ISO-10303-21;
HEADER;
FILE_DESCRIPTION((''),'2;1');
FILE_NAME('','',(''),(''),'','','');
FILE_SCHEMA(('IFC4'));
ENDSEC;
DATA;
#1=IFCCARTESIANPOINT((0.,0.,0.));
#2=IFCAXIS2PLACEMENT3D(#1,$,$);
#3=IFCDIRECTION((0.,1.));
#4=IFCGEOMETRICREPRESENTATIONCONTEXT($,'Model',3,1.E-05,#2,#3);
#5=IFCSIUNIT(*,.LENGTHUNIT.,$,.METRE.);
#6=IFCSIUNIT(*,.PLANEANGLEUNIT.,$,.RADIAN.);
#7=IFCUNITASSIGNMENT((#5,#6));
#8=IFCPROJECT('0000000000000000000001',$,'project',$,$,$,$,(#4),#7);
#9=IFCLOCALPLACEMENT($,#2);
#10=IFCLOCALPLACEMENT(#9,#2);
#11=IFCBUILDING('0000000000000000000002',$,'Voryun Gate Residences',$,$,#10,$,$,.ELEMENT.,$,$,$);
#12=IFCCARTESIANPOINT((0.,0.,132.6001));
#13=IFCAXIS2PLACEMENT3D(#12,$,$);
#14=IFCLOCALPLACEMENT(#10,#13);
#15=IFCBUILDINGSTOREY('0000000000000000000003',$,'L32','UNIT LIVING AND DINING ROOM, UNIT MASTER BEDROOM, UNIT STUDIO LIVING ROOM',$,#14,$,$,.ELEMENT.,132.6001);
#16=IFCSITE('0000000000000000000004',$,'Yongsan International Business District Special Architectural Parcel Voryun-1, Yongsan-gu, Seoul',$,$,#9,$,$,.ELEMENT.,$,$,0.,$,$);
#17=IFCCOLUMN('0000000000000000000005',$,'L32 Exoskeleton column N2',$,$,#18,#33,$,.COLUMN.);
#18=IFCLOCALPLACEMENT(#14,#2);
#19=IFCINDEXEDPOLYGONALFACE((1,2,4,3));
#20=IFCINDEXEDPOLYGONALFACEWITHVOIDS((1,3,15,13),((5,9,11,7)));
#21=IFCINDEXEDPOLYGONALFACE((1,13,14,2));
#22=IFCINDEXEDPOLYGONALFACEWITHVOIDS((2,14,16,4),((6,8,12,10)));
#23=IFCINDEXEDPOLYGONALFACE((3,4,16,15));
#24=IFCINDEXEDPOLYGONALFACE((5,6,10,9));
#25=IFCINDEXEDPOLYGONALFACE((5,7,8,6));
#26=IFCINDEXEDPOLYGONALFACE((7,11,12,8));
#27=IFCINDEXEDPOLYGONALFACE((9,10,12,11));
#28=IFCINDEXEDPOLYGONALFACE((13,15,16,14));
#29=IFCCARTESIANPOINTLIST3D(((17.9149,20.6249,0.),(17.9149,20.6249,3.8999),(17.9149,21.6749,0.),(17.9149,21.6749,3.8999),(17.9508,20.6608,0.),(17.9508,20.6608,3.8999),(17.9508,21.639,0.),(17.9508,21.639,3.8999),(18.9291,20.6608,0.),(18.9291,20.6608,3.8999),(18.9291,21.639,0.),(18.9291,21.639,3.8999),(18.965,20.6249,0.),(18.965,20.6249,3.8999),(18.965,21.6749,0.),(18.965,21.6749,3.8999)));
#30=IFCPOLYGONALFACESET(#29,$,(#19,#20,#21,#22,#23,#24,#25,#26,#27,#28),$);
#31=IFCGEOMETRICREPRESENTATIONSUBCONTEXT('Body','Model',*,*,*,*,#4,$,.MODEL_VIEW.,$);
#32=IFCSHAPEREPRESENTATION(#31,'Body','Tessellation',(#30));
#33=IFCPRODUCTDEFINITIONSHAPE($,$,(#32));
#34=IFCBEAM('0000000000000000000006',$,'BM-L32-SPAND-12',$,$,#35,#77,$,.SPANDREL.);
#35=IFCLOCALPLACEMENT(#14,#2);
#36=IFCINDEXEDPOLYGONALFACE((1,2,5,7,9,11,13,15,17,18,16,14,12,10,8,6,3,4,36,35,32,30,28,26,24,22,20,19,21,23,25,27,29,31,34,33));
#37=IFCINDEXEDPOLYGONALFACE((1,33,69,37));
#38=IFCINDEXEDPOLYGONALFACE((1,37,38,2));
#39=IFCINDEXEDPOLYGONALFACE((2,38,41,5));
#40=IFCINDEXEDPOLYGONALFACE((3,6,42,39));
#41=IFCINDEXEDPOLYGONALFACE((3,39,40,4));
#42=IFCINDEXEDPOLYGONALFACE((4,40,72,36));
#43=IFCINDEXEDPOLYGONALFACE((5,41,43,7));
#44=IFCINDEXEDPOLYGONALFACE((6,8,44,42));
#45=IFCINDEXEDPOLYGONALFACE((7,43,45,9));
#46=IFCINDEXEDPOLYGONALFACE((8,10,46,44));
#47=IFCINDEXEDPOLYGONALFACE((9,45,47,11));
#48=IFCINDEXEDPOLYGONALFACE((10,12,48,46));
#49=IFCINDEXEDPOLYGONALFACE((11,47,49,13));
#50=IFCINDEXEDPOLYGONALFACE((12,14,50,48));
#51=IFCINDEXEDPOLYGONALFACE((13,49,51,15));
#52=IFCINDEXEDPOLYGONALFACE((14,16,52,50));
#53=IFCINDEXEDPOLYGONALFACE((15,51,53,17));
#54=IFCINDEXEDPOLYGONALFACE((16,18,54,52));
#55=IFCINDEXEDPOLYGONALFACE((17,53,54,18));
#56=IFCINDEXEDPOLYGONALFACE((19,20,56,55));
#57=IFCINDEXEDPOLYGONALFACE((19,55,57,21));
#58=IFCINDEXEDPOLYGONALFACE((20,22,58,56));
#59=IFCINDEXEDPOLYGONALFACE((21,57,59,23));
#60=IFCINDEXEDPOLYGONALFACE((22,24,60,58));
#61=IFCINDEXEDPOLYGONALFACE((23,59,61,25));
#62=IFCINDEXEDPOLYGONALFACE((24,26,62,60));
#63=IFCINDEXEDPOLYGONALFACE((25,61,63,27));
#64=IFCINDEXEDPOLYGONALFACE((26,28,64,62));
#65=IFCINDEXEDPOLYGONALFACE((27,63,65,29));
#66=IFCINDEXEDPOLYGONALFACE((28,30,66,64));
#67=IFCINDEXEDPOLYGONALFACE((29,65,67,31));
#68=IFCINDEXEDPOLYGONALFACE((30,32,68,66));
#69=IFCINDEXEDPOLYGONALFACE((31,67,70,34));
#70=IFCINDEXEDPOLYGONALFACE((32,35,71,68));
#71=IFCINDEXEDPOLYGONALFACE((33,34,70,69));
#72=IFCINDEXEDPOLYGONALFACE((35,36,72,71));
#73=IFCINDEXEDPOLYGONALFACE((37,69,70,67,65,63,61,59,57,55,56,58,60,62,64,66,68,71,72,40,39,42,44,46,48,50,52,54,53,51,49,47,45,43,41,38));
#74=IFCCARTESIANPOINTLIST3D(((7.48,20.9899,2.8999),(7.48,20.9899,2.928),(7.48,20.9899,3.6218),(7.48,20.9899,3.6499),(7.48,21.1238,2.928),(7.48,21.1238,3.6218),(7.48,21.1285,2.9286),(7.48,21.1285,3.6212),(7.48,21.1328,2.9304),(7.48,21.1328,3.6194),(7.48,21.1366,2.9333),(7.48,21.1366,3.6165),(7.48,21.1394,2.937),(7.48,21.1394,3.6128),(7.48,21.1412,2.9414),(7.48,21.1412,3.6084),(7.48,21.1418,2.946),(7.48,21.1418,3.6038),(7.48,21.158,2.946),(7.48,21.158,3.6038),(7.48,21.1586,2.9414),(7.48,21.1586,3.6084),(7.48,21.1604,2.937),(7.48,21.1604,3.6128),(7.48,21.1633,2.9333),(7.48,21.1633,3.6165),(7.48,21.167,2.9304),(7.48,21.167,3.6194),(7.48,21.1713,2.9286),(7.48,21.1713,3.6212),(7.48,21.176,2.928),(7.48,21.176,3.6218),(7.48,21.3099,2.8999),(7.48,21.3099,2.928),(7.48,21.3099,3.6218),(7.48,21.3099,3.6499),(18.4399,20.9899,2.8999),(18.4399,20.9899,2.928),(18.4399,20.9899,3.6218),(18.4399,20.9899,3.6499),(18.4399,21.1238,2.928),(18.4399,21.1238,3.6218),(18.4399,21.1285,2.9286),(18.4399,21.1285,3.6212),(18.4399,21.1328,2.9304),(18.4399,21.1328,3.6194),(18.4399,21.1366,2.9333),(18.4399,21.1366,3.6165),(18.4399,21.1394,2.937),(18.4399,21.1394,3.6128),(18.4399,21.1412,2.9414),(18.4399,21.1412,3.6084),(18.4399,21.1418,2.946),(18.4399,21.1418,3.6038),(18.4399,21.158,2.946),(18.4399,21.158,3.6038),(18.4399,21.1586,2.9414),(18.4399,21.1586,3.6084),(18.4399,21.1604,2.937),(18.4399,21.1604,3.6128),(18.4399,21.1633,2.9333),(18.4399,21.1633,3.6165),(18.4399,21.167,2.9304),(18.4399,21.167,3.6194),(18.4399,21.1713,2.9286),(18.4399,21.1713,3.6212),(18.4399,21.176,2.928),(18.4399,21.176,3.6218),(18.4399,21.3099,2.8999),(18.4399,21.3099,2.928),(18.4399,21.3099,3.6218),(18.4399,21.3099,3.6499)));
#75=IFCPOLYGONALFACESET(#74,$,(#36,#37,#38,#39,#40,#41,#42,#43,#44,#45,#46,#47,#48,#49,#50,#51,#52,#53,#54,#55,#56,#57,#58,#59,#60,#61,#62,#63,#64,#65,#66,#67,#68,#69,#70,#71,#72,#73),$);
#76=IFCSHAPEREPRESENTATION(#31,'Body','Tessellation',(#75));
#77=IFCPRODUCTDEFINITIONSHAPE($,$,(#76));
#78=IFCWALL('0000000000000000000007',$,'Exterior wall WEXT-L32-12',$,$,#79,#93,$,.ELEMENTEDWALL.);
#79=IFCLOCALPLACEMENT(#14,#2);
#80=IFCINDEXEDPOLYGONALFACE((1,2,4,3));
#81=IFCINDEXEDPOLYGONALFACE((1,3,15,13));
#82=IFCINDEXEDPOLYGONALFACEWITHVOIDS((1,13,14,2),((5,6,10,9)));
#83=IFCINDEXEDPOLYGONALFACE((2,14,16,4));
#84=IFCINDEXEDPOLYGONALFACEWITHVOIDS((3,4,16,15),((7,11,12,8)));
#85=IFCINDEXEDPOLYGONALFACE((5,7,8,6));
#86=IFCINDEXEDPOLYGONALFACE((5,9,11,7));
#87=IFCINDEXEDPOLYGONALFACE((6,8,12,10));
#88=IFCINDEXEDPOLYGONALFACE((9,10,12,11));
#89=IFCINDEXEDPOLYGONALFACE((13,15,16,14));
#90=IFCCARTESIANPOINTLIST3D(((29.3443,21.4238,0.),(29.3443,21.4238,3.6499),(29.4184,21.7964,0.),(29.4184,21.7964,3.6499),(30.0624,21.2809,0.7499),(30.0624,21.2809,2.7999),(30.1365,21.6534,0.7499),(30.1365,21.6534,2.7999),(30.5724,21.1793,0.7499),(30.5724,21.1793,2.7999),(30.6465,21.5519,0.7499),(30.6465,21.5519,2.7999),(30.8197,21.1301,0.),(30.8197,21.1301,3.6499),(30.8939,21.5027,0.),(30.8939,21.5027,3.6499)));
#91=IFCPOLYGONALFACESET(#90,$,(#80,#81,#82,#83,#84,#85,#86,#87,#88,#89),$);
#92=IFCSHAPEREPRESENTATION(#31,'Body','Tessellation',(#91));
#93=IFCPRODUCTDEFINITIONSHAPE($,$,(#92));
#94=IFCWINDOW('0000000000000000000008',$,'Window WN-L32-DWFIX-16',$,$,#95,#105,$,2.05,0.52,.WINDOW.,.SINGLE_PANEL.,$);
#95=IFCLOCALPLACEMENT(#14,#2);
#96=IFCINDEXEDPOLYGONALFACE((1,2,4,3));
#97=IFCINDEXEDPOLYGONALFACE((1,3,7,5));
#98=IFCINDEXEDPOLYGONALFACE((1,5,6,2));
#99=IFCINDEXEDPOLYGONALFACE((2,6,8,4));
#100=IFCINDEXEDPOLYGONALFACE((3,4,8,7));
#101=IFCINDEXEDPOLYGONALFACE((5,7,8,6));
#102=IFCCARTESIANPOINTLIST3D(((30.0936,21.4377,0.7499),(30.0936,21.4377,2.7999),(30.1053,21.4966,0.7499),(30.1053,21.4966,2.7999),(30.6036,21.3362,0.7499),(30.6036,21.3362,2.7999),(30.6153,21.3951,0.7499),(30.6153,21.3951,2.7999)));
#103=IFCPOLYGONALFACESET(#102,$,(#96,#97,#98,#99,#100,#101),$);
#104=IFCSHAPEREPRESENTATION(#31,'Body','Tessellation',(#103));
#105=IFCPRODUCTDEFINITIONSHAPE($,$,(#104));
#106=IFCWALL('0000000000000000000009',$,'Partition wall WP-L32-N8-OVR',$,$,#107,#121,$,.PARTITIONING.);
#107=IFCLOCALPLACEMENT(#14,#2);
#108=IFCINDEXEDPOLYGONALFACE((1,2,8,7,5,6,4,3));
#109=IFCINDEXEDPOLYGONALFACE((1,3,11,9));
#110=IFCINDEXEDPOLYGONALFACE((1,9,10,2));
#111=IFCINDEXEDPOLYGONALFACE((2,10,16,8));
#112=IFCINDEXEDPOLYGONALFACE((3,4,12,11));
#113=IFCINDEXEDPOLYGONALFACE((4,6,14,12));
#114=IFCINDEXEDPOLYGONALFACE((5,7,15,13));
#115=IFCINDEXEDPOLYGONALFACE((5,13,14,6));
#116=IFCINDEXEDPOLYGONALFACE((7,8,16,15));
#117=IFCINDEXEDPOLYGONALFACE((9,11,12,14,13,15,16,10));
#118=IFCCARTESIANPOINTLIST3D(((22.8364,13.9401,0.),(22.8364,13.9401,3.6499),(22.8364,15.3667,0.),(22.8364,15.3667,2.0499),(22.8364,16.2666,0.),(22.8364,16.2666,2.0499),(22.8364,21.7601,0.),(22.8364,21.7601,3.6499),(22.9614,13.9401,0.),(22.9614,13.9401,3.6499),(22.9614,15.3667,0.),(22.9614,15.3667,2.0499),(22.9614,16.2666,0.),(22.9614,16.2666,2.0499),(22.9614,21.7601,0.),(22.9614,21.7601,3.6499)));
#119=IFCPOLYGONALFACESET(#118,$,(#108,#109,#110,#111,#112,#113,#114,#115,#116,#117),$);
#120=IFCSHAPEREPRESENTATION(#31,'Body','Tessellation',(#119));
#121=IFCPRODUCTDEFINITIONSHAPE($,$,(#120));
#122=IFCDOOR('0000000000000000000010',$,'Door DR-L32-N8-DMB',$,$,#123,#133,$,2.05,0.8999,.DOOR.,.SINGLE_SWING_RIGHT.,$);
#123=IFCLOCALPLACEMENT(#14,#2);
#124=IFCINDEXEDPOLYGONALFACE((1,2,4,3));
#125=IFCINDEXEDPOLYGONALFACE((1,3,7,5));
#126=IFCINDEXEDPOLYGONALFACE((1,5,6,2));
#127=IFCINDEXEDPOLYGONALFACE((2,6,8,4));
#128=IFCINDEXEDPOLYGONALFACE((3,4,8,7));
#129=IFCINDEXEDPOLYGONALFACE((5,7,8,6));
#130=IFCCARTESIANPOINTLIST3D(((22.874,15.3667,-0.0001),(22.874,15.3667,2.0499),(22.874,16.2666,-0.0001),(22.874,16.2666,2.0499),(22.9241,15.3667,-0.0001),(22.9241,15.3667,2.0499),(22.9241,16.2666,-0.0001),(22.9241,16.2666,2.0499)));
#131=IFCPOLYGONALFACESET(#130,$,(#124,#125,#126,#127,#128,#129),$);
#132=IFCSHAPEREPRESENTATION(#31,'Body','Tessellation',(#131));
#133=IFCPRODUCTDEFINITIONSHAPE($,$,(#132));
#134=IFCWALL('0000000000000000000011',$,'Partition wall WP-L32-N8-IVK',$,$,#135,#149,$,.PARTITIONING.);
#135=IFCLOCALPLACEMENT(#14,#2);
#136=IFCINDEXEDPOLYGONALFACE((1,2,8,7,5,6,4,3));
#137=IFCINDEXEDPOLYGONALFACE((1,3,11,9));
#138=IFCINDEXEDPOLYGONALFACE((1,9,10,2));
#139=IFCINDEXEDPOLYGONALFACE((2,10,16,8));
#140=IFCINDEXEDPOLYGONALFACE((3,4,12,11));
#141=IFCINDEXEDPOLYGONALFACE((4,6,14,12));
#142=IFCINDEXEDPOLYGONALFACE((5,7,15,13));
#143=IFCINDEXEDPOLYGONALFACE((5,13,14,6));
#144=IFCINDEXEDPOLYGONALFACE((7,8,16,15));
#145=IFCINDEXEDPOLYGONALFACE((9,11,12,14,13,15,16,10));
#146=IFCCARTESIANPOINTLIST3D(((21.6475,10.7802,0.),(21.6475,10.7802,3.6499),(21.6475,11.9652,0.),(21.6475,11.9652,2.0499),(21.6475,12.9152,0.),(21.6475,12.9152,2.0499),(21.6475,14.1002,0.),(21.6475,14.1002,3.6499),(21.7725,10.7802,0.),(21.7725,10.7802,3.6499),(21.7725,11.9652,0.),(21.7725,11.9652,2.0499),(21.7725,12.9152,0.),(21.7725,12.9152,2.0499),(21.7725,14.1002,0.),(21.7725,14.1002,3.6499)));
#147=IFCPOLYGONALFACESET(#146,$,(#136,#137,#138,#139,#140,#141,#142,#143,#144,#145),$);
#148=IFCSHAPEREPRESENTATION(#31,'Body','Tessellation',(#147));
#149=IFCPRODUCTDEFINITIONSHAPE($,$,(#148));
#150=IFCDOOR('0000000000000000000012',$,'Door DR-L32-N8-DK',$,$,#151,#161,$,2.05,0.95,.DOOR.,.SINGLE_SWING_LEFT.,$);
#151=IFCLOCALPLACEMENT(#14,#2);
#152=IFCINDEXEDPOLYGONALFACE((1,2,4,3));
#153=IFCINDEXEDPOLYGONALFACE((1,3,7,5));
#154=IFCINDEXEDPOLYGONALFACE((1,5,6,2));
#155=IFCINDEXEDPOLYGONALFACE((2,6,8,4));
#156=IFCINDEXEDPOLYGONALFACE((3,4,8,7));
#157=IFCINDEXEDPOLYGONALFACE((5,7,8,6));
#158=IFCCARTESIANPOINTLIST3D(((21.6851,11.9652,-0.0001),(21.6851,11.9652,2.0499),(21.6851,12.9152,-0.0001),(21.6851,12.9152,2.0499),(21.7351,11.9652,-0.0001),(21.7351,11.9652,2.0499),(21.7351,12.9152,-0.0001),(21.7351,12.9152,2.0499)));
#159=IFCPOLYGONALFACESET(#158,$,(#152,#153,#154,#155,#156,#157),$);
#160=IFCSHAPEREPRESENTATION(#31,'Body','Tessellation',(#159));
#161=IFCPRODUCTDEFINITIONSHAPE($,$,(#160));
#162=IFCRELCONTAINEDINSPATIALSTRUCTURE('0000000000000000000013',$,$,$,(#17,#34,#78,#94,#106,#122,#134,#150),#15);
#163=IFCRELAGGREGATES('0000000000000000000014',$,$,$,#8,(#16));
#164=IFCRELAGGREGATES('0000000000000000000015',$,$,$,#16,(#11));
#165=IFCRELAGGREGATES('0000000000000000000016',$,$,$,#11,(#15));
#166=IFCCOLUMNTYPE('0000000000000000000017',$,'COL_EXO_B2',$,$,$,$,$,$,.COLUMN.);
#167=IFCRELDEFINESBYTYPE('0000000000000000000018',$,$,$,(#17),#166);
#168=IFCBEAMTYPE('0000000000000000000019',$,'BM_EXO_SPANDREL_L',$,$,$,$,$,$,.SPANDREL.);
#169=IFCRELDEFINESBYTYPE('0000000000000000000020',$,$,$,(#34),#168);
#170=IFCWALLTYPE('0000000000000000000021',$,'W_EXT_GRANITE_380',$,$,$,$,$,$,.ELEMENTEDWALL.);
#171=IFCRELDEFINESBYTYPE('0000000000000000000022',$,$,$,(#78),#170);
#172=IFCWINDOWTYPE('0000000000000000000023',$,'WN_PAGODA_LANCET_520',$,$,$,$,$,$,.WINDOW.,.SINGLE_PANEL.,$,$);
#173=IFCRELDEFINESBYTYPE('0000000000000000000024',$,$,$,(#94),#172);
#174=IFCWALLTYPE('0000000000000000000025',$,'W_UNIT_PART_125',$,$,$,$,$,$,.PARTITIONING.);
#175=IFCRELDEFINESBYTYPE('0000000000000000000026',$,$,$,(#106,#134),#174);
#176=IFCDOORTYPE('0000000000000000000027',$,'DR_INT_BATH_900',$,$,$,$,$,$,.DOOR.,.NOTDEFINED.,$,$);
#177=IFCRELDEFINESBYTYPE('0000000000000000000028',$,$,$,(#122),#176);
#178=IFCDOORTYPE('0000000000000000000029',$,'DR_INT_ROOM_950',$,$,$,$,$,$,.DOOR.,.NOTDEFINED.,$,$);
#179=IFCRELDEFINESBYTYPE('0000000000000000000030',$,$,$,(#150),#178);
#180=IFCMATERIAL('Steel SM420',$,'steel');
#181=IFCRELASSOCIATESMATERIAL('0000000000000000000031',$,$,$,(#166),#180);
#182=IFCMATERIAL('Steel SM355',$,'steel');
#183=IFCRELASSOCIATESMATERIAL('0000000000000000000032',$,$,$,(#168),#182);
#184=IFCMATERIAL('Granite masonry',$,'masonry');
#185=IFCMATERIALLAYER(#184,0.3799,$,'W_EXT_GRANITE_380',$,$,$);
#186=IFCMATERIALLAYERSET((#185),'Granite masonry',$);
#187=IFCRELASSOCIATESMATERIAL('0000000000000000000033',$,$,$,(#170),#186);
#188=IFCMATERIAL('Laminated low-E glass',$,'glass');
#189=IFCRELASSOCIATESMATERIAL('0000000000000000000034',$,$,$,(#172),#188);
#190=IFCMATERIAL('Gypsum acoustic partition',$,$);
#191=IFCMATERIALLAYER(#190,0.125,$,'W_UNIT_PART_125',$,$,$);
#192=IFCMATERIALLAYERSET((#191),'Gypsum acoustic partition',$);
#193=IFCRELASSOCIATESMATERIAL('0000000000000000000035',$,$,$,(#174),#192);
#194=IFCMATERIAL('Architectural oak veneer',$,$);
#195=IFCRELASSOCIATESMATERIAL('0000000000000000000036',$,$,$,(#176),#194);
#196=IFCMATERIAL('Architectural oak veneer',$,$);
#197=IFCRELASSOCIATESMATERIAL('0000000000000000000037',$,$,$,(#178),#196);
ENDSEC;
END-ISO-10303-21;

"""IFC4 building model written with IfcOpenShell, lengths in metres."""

from ifc_helpers import new_model, si_unit, direction, frame, frame_2d, origin, origin_2d, place, context, subcontext, project, spatial, rectangle, hollow_rectangle, i_section, extrude, material, layer, layer_set, material_profile, profile_set, type_object, element, fill, save


model = new_model("IFC4")

# Units and contexts
model_context = context("Model", 3, precision=1e-05, world=origin(), true_north=direction((0.0, 1.0)))
body_context = subcontext(model_context, "Body", "Model", "MODEL_VIEW")
ifc_project = project(units=[si_unit("LENGTHUNIT", "METRE"), si_unit("PLANEANGLEUNIT", "RADIAN")], contexts=[model_context])

# Site, building, storey
site_placement = place(None, origin())
site = spatial("IfcSite", under=ifc_project, at=site_placement, Name="Yongsan International Business District Special Architectural Parcel Voryun-1, Yongsan-gu, Seoul", CompositionType="ELEMENT", RefElevation=0.0)
building_placement = place(site_placement, origin())
building = spatial("IfcBuilding", under=site, at=building_placement, Name="Voryun Gate Residences", CompositionType="ELEMENT")
storey_placement = place(building_placement, frame((0.0, 0.0, 132.6001)))
storey = spatial("IfcBuildingStorey", under=building, at=storey_placement, Name="L32", Description="UNIT LIVING AND DINING ROOM, UNIT MASTER BEDROOM, UNIT STUDIO LIVING ROOM", CompositionType="ELEMENT", Elevation=132.6001)

# Column
ifc_material_1 = material(Name="Steel SM420", Category="steel")
ifc_material_profile_1 = material_profile(ifc_material_1, hollow_rectangle(XDim=1.05, YDim=1.05, WallThickness=0.0359, at=origin_2d()), Name="BOX-1050x1050x36")
ifc_profile_set_1 = profile_set([ifc_material_profile_1], Name="Steel SM420")
column_type = type_object("IfcColumnType", Name="COL_EXO_B2", PredefinedType="COLUMN", material=ifc_profile_set_1)
column_placement = place(storey_placement, frame((18.4399, 21.1499, 0.0), z_axis=(0.0, 0.0, 1.0), x_axis=(1.0, 0.0, 0.0)))
element("IfcColumn", 1, at=column_placement, inside=storey, type_object=column_type, Name="L32 Exoskeleton column N2", PredefinedType="COLUMN", context=body_context, shape_type="SweptSolid", body=[
    extrude(hollow_rectangle(XDim=1.05, YDim=1.05, WallThickness=0.0359, at=origin_2d()), origin(), (0.0, 0.0, 1.0), 3.8999),
])

# Beam
ifc_material_2 = material(Name="Steel SM355", Category="steel")
ifc_material_profile_2 = material_profile(ifc_material_2, i_section(OverallWidth=0.3201, OverallDepth=0.75, WebThickness=0.0161, FlangeThickness=0.0281, FilletRadius=0.0181, at=origin_2d()), Name="H-750x320x16x28")
ifc_profile_set_2 = profile_set([ifc_material_profile_2], Name="Steel SM355")
beam_type = type_object("IfcBeamType", Name="BM_EXO_SPANDREL_L", PredefinedType="SPANDREL", material=ifc_profile_set_2)
beam_placement = place(storey_placement, frame((18.4399, 21.1499, 3.2749), z_axis=(-1.0, 0.0, 0.0), x_axis=(0.0, -1.0, 0.0)))
element("IfcBeam", 2, at=beam_placement, inside=storey, type_object=beam_type, Name="BM-L32-SPAND-12", PredefinedType="SPANDREL", context=body_context, shape_type="SweptSolid", body=[
    extrude(i_section(OverallWidth=0.3201, OverallDepth=0.75, WebThickness=0.0161, FlangeThickness=0.0281, FilletRadius=0.0181, at=origin_2d()), origin(), (0.0, 0.0, 1.0), 10.96),
])

# Wall, opening, window
ifc_material_3 = material(Name="Granite masonry", Category="masonry")
ifc_layer_1 = layer(ifc_material_3, 0.3799, Name="W_EXT_GRANITE_380")
ifc_layer_set_1 = layer_set([ifc_layer_1], Name="Granite masonry")
wall_type_1 = type_object("IfcWallType", Name="W_EXT_GRANITE_380", PredefinedType="ELEMENTEDWALL", material=ifc_layer_set_1)
wall_1_placement = place(storey_placement, frame((29.3813, 21.6101, 0.0), z_axis=(0.0, 0.0, 1.0), x_axis=(0.980755, -0.195242, 0.0)))
wall_1 = element("IfcWall", 3, at=wall_1_placement, inside=storey, type_object=wall_type_1, Name="Exterior wall WEXT-L32-12", PredefinedType="ELEMENTEDWALL", context=body_context, shape_type="SweptSolid", body=[
    extrude(rectangle(XDim=1.5044, YDim=0.3799, at=frame_2d((0.7522, 0.0))), origin(), (0.0, 0.0, 1.0), 3.6499),
])
opening_1_placement = place(wall_1_placement, frame((0.7322, 0.0, 0.75)))
opening_1 = element("IfcOpeningElement", 4, at=opening_1_placement, cuts=wall_1, PredefinedType="OPENING", context=body_context, shape_type="SweptSolid", body=[
    extrude(rectangle(XDim=0.52, YDim=2.05, at=frame_2d((0.26, 1.0249))), frame((0.0, 0.2, 0.0), z_axis=(0.0, -1.0, 0.0), x_axis=(1.0, 0.0, 0.0)), (0.0, 0.0, 1.0), 0.3999),
])
ifc_material_4 = material(Name="Laminated low-E glass", Category="glass")
window_type = type_object("IfcWindowType", Name="WN_PAGODA_LANCET_520", PartitioningType="SINGLE_PANEL", PredefinedType="WINDOW", material=ifc_material_4)
window_placement = place(opening_1_placement, origin())
window = element("IfcWindow", 5, at=window_placement, inside=storey, type_object=window_type, Name="Window WN-L32-DWFIX-16", OverallHeight=2.05, OverallWidth=0.52, PartitioningType="SINGLE_PANEL", PredefinedType="WINDOW", context=body_context, shape_type="SweptSolid", body=[
    extrude(rectangle(XDim=0.52, YDim=2.05, at=frame_2d((0.26, 1.0249))), frame((0.0, 0.03, 0.0), z_axis=(0.0, -1.0, 0.0), x_axis=(1.0, 0.0, 0.0)), (0.0, 0.0, 1.0), 0.0601),
])
fill(opening_1, window)

# Walls, openings, doors
ifc_material_5 = material(Name="Gypsum acoustic partition")
ifc_layer_2 = layer(ifc_material_5, 0.125, Name="W_UNIT_PART_125")
ifc_layer_set_2 = layer_set([ifc_layer_2], Name="Gypsum acoustic partition")
wall_type_2 = type_object("IfcWallType", Name="W_UNIT_PART_125", PredefinedType="PARTITIONING", material=ifc_layer_set_2)
wall_2_placement = place(storey_placement, frame((22.8989, 13.9399, 0.0), z_axis=(0.0, 0.0, 1.0), x_axis=(0.0, 1.0, 0.0)))
wall_2 = element("IfcWall", 6, at=wall_2_placement, inside=storey, type_object=wall_type_2, Name="Partition wall WP-L32-N8-OVR", PredefinedType="PARTITIONING", context=body_context, shape_type="SweptSolid", body=[
    extrude(rectangle(XDim=7.8201, YDim=0.125, at=frame_2d((3.9102, 0.0))), origin(), (0.0, 0.0, 1.0), 3.6499),
])
opening_2_placement = place(wall_2_placement, frame((1.4268, 0.0, 0.0)))
opening_2 = element("IfcOpeningElement", 7, at=opening_2_placement, cuts=wall_2, PredefinedType="OPENING", context=body_context, shape_type="SweptSolid", body=[
    extrude(rectangle(XDim=0.8999, YDim=2.05, at=frame_2d((0.45, 1.0249))), frame((0.0, 0.0725, 0.0), z_axis=(0.0, -1.0, 0.0), x_axis=(1.0, 0.0, 0.0)), (0.0, 0.0, 1.0), 0.145),
])
ifc_material_6 = material(Name="Architectural oak veneer")
door_type_1 = type_object("IfcDoorType", Name="DR_INT_BATH_900", OperationType="NOTDEFINED", PredefinedType="DOOR", material=ifc_material_6)
door_1_placement = place(opening_2_placement, origin())
door_1 = element("IfcDoor", 8, at=door_1_placement, inside=storey, type_object=door_type_1, Name="Door DR-L32-N8-DMB", OperationType="SINGLE_SWING_RIGHT", OverallHeight=2.05, OverallWidth=0.8999, PredefinedType="DOOR", context=body_context, shape_type="SweptSolid", body=[
    extrude(rectangle(XDim=0.8999, YDim=2.05, at=frame_2d((0.45, 1.0249))), frame((0.0, 0.0249, 0.0), z_axis=(0.0, -1.0, 0.0), x_axis=(1.0, 0.0, 0.0)), (0.0, 0.0, 1.0), 0.05),
])
fill(opening_2, door_1)
wall_3_placement = place(storey_placement, frame((21.71, 10.78, 0.0), z_axis=(0.0, 0.0, 1.0), x_axis=(0.0, 1.0, 0.0)))
wall_3 = element("IfcWall", 9, at=wall_3_placement, inside=storey, type_object=wall_type_2, Name="Partition wall WP-L32-N8-IVK", PredefinedType="PARTITIONING", context=body_context, shape_type="SweptSolid", body=[
    extrude(rectangle(XDim=3.3201, YDim=0.125, at=frame_2d((1.6602, 0.0))), origin(), (0.0, 0.0, 1.0), 3.6499),
])
opening_3_placement = place(wall_3_placement, frame((1.1851, 0.0, 0.0)))
opening_3 = element("IfcOpeningElement", 10, at=opening_3_placement, cuts=wall_3, PredefinedType="OPENING", context=body_context, shape_type="SweptSolid", body=[
    extrude(rectangle(XDim=0.95, YDim=2.05, at=frame_2d((0.4751, 1.0249))), frame((0.0, 0.0725, 0.0), z_axis=(0.0, -1.0, 0.0), x_axis=(1.0, 0.0, 0.0)), (0.0, 0.0, 1.0), 0.145),
])
ifc_material_7 = material(Name="Architectural oak veneer")
door_type_2 = type_object("IfcDoorType", Name="DR_INT_ROOM_950", OperationType="NOTDEFINED", PredefinedType="DOOR", material=ifc_material_7)
door_2_placement = place(opening_3_placement, origin())
door_2 = element("IfcDoor", 11, at=door_2_placement, inside=storey, type_object=door_type_2, Name="Door DR-L32-N8-DK", OperationType="SINGLE_SWING_LEFT", OverallHeight=2.05, OverallWidth=0.95, PredefinedType="DOOR", context=body_context, shape_type="SweptSolid", body=[
    extrude(rectangle(XDim=0.95, YDim=2.05, at=frame_2d((0.4751, 1.0249))), frame((0.0, 0.0249, 0.0), z_axis=(0.0, -1.0, 0.0), x_axis=(1.0, 0.0, 0.0)), (0.0, 0.0, 1.0), 0.05),
])
fill(opening_3, door_2)

save(model, "model.ifc")
